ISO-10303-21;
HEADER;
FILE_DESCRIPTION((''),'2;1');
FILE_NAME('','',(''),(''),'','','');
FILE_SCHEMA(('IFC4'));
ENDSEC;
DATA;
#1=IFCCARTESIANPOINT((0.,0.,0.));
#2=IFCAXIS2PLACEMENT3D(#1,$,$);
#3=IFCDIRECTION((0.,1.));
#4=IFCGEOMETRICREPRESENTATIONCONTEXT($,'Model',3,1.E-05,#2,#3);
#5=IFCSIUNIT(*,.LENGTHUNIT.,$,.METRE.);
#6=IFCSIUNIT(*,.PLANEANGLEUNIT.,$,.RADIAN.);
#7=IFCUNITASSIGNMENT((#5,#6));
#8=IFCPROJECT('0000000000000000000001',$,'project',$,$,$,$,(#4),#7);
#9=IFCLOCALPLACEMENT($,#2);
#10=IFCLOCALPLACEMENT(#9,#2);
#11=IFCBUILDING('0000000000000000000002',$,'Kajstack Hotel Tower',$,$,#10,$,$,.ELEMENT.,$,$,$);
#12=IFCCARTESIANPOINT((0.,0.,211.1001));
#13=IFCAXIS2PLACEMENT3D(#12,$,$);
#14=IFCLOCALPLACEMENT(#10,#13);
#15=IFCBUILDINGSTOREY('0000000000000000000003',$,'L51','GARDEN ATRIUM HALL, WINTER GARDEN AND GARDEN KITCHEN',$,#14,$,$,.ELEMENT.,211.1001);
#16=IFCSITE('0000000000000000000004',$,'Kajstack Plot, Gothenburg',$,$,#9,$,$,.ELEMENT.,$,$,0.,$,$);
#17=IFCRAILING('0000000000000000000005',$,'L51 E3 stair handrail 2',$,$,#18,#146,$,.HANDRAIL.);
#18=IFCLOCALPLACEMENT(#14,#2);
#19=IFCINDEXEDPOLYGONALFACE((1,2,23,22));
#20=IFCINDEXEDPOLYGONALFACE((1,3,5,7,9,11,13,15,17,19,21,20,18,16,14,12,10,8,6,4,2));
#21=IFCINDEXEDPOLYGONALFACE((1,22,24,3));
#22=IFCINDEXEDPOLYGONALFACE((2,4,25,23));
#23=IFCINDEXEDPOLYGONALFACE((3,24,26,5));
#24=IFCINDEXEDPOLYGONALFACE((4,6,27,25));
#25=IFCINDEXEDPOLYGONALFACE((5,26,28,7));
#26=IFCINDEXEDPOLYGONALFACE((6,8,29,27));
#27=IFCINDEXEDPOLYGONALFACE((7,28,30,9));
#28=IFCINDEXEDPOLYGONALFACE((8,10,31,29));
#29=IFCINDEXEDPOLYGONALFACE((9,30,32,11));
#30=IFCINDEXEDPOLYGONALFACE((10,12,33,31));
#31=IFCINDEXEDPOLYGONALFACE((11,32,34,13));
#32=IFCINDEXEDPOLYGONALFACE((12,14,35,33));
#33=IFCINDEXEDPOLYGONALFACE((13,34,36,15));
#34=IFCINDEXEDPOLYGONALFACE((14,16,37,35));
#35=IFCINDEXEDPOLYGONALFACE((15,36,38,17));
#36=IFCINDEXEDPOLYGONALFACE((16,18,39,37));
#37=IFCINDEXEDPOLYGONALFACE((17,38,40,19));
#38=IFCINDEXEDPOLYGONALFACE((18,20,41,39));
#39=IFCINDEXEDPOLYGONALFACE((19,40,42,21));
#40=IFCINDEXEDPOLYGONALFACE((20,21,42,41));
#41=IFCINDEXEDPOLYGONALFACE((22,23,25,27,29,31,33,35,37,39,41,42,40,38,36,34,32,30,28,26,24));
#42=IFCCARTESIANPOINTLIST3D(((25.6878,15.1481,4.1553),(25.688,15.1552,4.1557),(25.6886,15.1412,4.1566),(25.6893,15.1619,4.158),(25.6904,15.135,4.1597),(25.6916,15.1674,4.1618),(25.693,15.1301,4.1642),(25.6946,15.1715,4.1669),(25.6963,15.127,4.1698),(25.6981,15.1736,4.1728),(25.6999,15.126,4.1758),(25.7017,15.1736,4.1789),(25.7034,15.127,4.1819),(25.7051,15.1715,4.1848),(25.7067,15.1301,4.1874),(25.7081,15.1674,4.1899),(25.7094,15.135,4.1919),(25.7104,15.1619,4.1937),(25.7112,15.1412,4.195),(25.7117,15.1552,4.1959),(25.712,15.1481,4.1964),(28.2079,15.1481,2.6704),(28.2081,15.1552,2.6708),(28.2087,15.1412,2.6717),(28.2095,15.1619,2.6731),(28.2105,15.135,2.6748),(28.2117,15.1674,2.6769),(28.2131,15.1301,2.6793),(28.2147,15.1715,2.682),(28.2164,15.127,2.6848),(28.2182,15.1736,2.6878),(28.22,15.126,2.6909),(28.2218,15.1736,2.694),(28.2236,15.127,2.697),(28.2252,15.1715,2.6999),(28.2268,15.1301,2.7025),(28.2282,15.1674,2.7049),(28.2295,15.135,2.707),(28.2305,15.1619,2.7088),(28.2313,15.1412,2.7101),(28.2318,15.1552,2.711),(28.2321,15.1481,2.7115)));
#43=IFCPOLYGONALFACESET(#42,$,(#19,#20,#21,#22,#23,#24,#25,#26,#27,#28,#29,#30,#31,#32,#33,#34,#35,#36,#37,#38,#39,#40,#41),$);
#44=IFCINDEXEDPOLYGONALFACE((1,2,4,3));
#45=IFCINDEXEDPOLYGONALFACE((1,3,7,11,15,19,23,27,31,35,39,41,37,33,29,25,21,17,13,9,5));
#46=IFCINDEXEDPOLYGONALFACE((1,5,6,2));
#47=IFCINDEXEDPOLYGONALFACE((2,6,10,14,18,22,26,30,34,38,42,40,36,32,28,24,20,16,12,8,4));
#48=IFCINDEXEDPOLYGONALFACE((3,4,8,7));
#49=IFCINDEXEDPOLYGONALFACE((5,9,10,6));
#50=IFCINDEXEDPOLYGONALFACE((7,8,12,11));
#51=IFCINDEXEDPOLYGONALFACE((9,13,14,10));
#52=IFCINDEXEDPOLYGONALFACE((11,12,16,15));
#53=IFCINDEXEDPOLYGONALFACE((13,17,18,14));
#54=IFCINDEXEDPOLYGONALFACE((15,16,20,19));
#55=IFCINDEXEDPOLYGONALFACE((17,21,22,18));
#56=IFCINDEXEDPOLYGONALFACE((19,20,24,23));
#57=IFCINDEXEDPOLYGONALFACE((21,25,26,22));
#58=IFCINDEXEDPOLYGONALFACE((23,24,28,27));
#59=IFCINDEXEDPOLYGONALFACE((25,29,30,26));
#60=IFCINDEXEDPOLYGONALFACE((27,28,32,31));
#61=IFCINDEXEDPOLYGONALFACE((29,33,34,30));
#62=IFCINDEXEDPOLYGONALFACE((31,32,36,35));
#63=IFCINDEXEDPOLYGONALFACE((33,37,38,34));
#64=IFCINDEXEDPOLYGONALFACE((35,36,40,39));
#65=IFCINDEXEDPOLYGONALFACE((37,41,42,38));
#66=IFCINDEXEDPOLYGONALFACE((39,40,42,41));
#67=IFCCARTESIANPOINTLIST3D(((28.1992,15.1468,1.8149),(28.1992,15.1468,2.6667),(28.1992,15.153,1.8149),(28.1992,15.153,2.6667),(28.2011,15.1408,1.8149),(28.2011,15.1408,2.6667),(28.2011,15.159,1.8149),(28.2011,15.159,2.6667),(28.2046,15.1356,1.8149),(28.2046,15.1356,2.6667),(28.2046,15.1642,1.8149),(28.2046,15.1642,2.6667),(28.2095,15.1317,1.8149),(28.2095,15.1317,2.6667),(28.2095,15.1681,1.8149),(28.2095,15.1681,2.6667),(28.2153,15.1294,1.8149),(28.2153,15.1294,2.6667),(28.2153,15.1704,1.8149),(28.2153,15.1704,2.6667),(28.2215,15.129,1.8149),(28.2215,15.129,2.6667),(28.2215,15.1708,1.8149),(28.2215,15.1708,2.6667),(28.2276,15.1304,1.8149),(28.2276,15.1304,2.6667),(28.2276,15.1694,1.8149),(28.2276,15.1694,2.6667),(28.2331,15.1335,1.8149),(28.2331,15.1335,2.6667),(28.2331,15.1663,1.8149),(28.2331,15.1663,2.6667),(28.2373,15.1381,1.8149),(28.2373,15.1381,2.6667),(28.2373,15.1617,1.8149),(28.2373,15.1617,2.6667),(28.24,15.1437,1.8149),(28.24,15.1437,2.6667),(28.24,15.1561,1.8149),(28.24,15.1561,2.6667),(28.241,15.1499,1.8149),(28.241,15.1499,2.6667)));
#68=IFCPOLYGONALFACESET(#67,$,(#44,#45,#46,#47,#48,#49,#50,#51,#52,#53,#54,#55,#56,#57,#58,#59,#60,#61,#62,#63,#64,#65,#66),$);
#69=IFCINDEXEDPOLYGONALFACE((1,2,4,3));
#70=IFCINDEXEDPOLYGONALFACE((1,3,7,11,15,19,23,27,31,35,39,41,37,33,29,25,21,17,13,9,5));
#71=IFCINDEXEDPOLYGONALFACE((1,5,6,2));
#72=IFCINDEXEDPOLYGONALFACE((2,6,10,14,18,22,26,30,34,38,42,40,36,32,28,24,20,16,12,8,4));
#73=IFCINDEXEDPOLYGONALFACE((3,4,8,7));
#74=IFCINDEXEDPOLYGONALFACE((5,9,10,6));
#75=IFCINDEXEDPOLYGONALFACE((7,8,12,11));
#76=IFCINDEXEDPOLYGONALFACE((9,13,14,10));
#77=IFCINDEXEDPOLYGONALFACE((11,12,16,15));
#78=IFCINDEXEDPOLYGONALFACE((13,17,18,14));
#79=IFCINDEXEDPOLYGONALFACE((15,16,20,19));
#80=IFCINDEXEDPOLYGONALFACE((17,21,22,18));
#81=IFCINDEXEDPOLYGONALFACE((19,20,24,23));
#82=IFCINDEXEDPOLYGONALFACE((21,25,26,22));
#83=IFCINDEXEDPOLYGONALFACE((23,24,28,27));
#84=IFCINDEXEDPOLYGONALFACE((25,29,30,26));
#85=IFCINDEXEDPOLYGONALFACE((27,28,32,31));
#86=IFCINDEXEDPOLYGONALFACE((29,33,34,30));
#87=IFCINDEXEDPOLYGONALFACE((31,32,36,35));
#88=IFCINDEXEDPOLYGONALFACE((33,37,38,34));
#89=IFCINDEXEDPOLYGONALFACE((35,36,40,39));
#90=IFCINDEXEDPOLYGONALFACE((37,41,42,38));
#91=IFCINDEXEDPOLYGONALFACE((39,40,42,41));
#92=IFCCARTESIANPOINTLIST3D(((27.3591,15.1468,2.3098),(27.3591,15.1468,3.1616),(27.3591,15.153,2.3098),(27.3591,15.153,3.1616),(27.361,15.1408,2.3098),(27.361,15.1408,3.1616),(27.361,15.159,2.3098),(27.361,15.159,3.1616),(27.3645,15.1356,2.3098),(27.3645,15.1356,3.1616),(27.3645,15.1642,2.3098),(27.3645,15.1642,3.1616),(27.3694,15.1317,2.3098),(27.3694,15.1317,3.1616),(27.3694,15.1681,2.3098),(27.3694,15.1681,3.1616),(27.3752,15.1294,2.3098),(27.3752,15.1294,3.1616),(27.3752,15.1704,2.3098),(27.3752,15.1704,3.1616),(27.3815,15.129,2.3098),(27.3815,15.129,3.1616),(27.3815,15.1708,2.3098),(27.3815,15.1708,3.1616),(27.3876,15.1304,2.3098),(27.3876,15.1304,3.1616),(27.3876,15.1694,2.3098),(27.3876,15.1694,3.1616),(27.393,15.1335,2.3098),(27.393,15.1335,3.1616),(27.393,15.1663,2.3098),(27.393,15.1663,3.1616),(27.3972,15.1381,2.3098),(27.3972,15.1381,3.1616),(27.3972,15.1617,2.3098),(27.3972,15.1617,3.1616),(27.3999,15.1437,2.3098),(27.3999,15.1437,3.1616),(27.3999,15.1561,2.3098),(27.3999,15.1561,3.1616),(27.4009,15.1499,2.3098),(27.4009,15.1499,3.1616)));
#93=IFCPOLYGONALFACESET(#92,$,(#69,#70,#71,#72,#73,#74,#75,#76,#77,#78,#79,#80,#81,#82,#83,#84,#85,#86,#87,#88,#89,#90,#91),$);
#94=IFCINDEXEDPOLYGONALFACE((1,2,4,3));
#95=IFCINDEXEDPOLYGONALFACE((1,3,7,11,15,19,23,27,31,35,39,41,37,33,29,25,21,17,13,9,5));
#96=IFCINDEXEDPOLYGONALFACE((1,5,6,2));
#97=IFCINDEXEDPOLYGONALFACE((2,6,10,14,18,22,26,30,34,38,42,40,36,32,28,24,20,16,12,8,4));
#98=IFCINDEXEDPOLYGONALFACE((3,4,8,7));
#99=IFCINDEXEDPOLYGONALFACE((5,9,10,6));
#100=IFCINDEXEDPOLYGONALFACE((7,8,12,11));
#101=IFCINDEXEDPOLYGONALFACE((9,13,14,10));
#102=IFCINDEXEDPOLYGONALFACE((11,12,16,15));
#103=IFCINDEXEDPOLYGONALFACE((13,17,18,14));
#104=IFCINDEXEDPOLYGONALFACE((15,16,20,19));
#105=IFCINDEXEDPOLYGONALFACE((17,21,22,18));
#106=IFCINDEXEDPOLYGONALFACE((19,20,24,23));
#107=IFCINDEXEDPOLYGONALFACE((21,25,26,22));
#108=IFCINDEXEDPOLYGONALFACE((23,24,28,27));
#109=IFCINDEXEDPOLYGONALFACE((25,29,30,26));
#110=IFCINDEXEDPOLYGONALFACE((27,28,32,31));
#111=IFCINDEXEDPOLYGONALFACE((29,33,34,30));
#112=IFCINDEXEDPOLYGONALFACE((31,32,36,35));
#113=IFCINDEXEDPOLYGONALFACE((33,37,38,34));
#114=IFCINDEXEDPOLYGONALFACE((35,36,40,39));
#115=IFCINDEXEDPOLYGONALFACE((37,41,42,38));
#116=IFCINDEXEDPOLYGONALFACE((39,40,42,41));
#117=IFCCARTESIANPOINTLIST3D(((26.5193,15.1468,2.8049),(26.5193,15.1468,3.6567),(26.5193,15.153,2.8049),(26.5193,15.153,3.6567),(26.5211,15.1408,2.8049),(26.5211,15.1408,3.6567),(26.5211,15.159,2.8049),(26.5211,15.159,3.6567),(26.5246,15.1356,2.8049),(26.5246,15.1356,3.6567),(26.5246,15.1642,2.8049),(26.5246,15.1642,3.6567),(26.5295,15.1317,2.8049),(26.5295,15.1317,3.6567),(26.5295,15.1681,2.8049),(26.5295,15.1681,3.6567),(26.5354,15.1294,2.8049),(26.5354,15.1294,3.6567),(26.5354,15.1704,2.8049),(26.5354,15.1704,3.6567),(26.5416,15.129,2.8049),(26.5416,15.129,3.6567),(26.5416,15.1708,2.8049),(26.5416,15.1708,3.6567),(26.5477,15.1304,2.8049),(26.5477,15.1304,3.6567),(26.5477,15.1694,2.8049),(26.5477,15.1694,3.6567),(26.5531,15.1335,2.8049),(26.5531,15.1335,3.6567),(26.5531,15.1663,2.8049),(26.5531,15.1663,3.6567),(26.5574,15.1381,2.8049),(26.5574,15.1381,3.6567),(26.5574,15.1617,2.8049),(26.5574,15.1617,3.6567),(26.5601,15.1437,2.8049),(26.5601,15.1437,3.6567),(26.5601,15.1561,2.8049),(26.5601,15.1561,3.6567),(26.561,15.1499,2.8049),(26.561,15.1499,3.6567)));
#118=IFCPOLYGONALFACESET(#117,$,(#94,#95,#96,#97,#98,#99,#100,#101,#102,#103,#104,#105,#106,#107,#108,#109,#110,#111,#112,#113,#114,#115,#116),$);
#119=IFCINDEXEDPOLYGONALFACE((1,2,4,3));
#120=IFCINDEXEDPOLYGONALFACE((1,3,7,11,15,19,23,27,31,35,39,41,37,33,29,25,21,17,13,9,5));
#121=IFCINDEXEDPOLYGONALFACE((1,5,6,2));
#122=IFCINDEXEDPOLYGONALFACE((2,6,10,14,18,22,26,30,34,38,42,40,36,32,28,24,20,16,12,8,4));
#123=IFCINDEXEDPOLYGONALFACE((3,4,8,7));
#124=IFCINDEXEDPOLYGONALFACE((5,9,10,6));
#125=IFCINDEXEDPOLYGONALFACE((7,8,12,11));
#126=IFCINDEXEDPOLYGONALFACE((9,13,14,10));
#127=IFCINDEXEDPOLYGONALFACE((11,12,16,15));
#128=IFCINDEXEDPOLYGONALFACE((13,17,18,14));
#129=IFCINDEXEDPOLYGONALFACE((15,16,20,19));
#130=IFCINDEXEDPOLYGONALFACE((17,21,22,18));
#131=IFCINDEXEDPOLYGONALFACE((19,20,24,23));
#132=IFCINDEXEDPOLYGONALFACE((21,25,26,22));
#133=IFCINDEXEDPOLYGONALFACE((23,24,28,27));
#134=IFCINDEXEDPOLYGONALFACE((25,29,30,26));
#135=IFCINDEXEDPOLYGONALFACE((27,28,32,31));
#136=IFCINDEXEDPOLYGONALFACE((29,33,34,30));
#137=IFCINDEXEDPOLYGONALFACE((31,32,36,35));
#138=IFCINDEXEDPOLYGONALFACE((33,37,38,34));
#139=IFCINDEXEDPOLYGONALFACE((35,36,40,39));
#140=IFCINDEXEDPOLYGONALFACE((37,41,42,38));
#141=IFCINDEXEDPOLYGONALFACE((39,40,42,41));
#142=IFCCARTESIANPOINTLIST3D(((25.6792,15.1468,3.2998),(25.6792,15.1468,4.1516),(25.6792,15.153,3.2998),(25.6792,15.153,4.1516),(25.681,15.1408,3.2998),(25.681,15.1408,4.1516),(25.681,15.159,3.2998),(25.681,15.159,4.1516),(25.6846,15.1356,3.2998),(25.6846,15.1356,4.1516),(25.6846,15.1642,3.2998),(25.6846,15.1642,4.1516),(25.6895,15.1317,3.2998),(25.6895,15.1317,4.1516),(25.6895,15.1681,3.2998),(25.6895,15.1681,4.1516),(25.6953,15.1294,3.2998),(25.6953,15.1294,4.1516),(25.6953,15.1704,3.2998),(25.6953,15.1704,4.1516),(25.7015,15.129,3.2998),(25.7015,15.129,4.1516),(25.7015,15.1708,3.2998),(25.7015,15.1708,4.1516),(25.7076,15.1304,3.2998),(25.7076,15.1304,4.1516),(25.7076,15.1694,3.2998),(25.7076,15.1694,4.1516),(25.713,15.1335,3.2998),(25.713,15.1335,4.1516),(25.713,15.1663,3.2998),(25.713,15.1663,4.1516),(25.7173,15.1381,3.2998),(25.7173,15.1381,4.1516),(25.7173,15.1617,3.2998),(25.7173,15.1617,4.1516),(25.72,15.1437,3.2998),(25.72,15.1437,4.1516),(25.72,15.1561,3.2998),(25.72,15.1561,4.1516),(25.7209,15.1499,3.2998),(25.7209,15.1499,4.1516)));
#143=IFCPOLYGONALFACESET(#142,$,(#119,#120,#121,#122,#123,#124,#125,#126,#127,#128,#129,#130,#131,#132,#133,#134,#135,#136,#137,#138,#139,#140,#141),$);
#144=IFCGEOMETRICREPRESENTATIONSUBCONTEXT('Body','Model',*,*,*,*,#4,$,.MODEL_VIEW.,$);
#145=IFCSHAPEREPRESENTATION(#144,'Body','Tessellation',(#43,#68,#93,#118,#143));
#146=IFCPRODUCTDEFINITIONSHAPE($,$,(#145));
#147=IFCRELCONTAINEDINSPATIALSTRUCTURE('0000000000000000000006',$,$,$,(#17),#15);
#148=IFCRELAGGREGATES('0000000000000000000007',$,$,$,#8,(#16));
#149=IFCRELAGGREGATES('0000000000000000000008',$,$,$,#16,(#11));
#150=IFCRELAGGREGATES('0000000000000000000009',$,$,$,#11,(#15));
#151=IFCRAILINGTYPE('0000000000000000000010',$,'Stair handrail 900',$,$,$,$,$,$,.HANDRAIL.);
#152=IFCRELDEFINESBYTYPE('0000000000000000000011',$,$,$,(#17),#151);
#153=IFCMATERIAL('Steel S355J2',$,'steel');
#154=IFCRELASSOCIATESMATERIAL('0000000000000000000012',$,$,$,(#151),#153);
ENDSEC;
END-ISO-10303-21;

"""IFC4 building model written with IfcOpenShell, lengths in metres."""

from ifc_helpers import new_model, si_unit, direction, frame, origin, origin_2d, place, context, subcontext, project, spatial, circle, extrude, material, type_object, element, save


model = new_model("IFC4")

# Units and contexts
model_context = context("Model", 3, precision=1e-05, world=origin(), true_north=direction((0.0, 1.0)))
body_context = subcontext(model_context, "Body", "Model", "MODEL_VIEW")
ifc_project = project(units=[si_unit("LENGTHUNIT", "METRE"), si_unit("PLANEANGLEUNIT", "RADIAN")], contexts=[model_context])

# Site, building, storey
site_placement = place(None, origin())
site = spatial("IfcSite", under=ifc_project, at=site_placement, Name="Kajstack Plot, Gothenburg", CompositionType="ELEMENT", RefElevation=0.0)
building_placement = place(site_placement, origin())
building = spatial("IfcBuilding", under=site, at=building_placement, Name="Kajstack Hotel Tower", CompositionType="ELEMENT")
storey_placement = place(building_placement, frame((0.0, 0.0, 211.1001)))
storey = spatial("IfcBuildingStorey", under=building, at=storey_placement, Name="L51", Description="GARDEN ATRIUM HALL, WINTER GARDEN AND GARDEN KITCHEN", CompositionType="ELEMENT", Elevation=211.1001)

# Railing
ifc_material_1 = material(Name="Steel S355J2", Category="steel")
railing_type_1 = type_object("IfcRailingType", Name="Stair handrail 900", PredefinedType="HANDRAIL", material=ifc_material_1)
railing_1_placement = place(storey_placement, frame((28.22, 15.1499, 1.8149)))
element("IfcRailing", 1, at=railing_1_placement, inside=storey, type_object=railing_type_1, Name="L51 E3 stair handrail 2", PredefinedType="HANDRAIL", context=body_context, shape_type="SweptSolid", body=[
    extrude(circle(Radius=0.0239, at=origin_2d()), frame((0.0, 0.0, 0.876), z_axis=(-0.861561, 0.0, 0.507655), x_axis=(0.0, -1.0, 0.0)), (0.0, 0.0, 1.0), 2.925),
    extrude(circle(Radius=0.021, at=origin_2d()), origin(), (0.0, 0.0, 1.0), 0.8518),
    extrude(circle(Radius=0.021, at=origin_2d()), frame((-0.8401, 0.0, 0.4949)), (0.0, 0.0, 1.0), 0.8518),
    extrude(circle(Radius=0.021, at=origin_2d()), frame((-1.6799, 0.0, 0.99)), (0.0, 0.0, 1.0), 0.8518),
    extrude(circle(Radius=0.021, at=origin_2d()), frame((-2.52, 0.0, 1.4849)), (0.0, 0.0, 1.0), 0.8518),
])

save(model, "model.ifc")
